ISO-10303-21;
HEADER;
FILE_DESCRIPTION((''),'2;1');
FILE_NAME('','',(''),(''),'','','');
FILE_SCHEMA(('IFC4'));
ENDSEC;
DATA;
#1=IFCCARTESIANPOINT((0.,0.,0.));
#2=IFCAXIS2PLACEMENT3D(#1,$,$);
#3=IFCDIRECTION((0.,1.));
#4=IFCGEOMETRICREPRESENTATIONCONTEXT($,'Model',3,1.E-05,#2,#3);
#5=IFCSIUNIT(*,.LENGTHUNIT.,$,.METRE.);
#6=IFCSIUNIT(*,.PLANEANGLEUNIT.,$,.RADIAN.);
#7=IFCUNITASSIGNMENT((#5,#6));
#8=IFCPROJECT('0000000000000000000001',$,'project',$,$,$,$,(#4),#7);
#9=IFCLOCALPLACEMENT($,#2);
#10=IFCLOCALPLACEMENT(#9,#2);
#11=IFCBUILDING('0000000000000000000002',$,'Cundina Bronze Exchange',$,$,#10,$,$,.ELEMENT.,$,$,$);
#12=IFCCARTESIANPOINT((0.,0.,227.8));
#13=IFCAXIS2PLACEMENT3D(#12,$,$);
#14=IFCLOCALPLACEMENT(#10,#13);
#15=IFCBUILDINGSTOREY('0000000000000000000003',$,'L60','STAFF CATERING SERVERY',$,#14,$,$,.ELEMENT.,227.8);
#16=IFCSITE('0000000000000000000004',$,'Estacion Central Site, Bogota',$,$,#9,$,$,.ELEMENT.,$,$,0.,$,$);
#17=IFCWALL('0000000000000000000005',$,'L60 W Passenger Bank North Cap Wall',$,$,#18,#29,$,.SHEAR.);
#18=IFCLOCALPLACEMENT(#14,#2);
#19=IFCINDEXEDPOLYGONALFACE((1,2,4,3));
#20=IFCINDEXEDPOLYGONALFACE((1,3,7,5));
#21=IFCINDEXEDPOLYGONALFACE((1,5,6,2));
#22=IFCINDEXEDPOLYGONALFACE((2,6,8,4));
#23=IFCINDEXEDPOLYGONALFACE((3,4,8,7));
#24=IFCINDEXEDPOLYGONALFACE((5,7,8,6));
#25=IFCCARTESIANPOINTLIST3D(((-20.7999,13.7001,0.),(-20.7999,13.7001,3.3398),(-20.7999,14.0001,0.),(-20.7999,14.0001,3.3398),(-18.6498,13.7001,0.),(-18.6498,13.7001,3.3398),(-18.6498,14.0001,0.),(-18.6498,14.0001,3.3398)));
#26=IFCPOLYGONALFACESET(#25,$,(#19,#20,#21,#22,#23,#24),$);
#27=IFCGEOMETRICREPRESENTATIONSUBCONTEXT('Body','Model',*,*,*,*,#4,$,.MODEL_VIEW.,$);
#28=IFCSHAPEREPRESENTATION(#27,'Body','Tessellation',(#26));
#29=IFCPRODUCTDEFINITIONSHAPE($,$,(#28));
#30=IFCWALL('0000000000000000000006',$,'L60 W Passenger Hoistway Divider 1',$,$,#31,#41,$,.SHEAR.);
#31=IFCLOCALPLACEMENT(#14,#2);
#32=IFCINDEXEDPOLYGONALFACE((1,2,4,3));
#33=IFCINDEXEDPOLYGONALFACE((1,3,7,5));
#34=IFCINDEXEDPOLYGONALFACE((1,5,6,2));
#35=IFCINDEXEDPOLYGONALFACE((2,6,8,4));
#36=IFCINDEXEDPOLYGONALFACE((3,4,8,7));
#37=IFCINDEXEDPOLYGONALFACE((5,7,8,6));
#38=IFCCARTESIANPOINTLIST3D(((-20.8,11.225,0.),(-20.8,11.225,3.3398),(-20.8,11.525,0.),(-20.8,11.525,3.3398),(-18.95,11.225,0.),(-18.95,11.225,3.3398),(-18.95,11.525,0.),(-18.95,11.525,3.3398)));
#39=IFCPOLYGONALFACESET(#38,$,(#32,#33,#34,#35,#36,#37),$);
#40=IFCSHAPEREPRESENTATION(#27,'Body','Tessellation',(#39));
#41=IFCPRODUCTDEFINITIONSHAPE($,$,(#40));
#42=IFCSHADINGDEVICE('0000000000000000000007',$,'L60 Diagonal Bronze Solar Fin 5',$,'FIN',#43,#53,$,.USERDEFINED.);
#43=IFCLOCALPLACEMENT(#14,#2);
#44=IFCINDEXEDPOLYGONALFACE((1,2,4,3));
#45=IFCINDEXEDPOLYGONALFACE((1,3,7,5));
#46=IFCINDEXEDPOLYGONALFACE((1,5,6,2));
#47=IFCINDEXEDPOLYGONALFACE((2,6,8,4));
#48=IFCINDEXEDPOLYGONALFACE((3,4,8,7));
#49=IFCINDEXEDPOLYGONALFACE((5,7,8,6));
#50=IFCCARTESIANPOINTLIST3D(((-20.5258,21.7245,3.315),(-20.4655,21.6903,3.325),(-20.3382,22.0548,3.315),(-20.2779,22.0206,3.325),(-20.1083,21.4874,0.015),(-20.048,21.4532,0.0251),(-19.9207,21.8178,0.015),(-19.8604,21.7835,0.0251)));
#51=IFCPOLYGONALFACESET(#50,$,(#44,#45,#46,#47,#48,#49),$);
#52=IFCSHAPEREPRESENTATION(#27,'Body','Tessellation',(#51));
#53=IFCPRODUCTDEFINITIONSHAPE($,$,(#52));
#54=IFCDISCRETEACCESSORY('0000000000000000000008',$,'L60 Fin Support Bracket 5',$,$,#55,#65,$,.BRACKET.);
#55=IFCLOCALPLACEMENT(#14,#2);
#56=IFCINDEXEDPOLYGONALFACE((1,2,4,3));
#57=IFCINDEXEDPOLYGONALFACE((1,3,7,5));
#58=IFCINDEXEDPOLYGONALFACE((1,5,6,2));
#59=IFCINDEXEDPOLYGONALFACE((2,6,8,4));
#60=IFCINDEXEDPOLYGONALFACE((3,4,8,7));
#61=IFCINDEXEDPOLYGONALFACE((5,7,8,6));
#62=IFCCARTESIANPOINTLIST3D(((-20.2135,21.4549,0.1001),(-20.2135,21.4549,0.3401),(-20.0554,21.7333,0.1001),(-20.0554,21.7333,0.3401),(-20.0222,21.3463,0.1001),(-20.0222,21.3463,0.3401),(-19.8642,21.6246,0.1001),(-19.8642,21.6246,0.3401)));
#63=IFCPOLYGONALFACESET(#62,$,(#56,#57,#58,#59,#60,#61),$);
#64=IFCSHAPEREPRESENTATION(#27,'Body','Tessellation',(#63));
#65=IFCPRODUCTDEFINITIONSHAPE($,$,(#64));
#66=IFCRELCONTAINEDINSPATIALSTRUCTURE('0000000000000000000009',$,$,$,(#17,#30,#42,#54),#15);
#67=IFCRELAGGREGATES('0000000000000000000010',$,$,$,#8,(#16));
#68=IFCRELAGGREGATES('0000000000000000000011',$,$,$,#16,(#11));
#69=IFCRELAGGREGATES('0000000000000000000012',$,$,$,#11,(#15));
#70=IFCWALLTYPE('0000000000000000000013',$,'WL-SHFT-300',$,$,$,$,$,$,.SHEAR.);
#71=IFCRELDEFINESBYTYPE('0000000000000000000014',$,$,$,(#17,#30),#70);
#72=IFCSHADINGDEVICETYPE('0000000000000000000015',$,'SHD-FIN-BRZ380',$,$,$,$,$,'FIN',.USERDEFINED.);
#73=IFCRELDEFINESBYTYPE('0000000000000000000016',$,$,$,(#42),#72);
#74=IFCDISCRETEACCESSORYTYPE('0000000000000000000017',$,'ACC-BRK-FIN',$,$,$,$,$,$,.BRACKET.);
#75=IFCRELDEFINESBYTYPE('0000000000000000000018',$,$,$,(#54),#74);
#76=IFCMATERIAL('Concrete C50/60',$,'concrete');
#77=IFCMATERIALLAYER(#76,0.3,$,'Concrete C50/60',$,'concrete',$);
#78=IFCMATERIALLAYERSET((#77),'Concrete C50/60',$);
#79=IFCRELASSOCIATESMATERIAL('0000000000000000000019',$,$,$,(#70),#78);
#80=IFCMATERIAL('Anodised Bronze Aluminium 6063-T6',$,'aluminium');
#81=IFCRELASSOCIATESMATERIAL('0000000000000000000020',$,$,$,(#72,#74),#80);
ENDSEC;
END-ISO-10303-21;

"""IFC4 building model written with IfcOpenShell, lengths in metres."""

from ifc_helpers import new_model, si_unit, direction, frame, frame_2d, origin, origin_2d, place, context, subcontext, project, spatial, rectangle, extrude, material, layer, layer_set, material_profile, profile_set, type_object, element, save


model = new_model("IFC4")

# Units and contexts
model_context = context("Model", 3, precision=1e-05, world=origin(), true_north=direction((0.0, 1.0)))
body_context = subcontext(model_context, "Body", "Model", "MODEL_VIEW")
ifc_project = project(units=[si_unit("LENGTHUNIT", "METRE"), si_unit("PLANEANGLEUNIT", "RADIAN")], contexts=[model_context])

# Site, building, storey
site_placement = place(None, origin())
site = spatial("IfcSite", under=ifc_project, at=site_placement, Name="Estacion Central Site, Bogota", CompositionType="ELEMENT", RefElevation=0.0)
building_placement = place(site_placement, origin())
building = spatial("IfcBuilding", under=site, at=building_placement, Name="Cundina Bronze Exchange", CompositionType="ELEMENT")
storey_placement = place(building_placement, frame((0.0, 0.0, 227.8)))
storey = spatial("IfcBuildingStorey", under=building, at=storey_placement, Name="L60", Description="STAFF CATERING SERVERY", CompositionType="ELEMENT", Elevation=227.8)

# Shared definitions
ifc_material_1 = material(Name="Concrete C50/60", Category="concrete")

# Shared definitions
ifc_material_2 = material(Name="Anodised Bronze Aluminium 6063-T6", Category="aluminium")

# Shared definitions
ifc_layer_1 = layer(ifc_material_1, 0.3, Name="Concrete C50/60", Category="concrete")
ifc_layer_set_1 = layer_set([ifc_layer_1], Name="Concrete C50/60")
wall_type_1 = type_object("IfcWallType", Name="WL-SHFT-300", PredefinedType="SHEAR", material=ifc_layer_set_1)

# Walls
wall_1_placement = place(storey_placement, frame((-20.8, 13.8501, 0.0), z_axis=(0.0, 0.0, 1.0), x_axis=(1.0, 0.0, 0.0)))
element("IfcWall", 1, at=wall_1_placement, inside=storey, type_object=wall_type_1, Name="L60 W Passenger Bank North Cap Wall", PredefinedType="SHEAR", context=body_context, shape_type="SweptSolid", body=[
    extrude(rectangle(XDim=2.1501, YDim=0.3, at=frame_2d((1.0752, 0.0))), origin(), (0.0, 0.0, 1.0), 3.3398),
])
wall_2_placement = place(storey_placement, frame((-20.8, 11.375, 0.0), z_axis=(0.0, 0.0, 1.0), x_axis=(1.0, 0.0, 0.0)))
element("IfcWall", 2, at=wall_2_placement, inside=storey, type_object=wall_type_1, Name="L60 W Passenger Hoistway Divider 1", PredefinedType="SHEAR", context=body_context, shape_type="SweptSolid", body=[
    extrude(rectangle(XDim=1.8501, YDim=0.3, at=frame_2d((0.925, 0.0))), origin(), (0.0, 0.0, 1.0), 3.3398),
])

# Shading device
ifc_material_profile_1 = material_profile(ifc_material_2, rectangle(XDim=0.0701, YDim=0.3799, at=origin_2d()), Name="FIN70X380", Category="aluminium")
ifc_profile_set_1 = profile_set([ifc_material_profile_1], Name="Anodised Bronze Aluminium 6063-T6")
shading_device_type = type_object("IfcShadingDeviceType", Name="SHD-FIN-BRZ380", ElementType="FIN", PredefinedType="USERDEFINED", material=ifc_profile_set_1)
shading_device_placement = place(storey_placement, frame((-19.9844, 21.6355, 0.02), z_axis=(-0.12519, 0.071087, 0.989583), x_axis=(0.860527, -0.488638, 0.143965)))
element("IfcShadingDevice", 3, at=shading_device_placement, inside=storey, type_object=shading_device_type, Name="L60 Diagonal Bronze Solar Fin 5", ObjectType="FIN", PredefinedType="USERDEFINED", context=body_context, shape_type="SweptSolid", body=[
    extrude(rectangle(XDim=0.0701, YDim=0.3799, at=origin_2d()), origin(), (0.0, 0.0, 1.0), 3.3347),
])

# Discrete accessory
discrete_accessory_type = type_object("IfcDiscreteAccessoryType", Name="ACC-BRK-FIN", PredefinedType="BRACKET", material=ifc_material_2)
discrete_accessory_placement = place(storey_placement, frame((-20.0388, 21.5398, 0.1001), z_axis=(0.0, 0.0, 1.0), x_axis=(-0.869573, 0.493805, 0.0)))
element("IfcDiscreteAccessory", 4, at=discrete_accessory_placement, inside=storey, type_object=discrete_accessory_type, Name="L60 Fin Support Bracket 5", PredefinedType="BRACKET", context=body_context, shape_type="SweptSolid", body=[
    extrude(rectangle(XDim=0.22, YDim=0.3201, at=origin_2d()), origin(), (0.0, 0.0, 1.0), 0.24),
])

save(model, "model.ifc")
